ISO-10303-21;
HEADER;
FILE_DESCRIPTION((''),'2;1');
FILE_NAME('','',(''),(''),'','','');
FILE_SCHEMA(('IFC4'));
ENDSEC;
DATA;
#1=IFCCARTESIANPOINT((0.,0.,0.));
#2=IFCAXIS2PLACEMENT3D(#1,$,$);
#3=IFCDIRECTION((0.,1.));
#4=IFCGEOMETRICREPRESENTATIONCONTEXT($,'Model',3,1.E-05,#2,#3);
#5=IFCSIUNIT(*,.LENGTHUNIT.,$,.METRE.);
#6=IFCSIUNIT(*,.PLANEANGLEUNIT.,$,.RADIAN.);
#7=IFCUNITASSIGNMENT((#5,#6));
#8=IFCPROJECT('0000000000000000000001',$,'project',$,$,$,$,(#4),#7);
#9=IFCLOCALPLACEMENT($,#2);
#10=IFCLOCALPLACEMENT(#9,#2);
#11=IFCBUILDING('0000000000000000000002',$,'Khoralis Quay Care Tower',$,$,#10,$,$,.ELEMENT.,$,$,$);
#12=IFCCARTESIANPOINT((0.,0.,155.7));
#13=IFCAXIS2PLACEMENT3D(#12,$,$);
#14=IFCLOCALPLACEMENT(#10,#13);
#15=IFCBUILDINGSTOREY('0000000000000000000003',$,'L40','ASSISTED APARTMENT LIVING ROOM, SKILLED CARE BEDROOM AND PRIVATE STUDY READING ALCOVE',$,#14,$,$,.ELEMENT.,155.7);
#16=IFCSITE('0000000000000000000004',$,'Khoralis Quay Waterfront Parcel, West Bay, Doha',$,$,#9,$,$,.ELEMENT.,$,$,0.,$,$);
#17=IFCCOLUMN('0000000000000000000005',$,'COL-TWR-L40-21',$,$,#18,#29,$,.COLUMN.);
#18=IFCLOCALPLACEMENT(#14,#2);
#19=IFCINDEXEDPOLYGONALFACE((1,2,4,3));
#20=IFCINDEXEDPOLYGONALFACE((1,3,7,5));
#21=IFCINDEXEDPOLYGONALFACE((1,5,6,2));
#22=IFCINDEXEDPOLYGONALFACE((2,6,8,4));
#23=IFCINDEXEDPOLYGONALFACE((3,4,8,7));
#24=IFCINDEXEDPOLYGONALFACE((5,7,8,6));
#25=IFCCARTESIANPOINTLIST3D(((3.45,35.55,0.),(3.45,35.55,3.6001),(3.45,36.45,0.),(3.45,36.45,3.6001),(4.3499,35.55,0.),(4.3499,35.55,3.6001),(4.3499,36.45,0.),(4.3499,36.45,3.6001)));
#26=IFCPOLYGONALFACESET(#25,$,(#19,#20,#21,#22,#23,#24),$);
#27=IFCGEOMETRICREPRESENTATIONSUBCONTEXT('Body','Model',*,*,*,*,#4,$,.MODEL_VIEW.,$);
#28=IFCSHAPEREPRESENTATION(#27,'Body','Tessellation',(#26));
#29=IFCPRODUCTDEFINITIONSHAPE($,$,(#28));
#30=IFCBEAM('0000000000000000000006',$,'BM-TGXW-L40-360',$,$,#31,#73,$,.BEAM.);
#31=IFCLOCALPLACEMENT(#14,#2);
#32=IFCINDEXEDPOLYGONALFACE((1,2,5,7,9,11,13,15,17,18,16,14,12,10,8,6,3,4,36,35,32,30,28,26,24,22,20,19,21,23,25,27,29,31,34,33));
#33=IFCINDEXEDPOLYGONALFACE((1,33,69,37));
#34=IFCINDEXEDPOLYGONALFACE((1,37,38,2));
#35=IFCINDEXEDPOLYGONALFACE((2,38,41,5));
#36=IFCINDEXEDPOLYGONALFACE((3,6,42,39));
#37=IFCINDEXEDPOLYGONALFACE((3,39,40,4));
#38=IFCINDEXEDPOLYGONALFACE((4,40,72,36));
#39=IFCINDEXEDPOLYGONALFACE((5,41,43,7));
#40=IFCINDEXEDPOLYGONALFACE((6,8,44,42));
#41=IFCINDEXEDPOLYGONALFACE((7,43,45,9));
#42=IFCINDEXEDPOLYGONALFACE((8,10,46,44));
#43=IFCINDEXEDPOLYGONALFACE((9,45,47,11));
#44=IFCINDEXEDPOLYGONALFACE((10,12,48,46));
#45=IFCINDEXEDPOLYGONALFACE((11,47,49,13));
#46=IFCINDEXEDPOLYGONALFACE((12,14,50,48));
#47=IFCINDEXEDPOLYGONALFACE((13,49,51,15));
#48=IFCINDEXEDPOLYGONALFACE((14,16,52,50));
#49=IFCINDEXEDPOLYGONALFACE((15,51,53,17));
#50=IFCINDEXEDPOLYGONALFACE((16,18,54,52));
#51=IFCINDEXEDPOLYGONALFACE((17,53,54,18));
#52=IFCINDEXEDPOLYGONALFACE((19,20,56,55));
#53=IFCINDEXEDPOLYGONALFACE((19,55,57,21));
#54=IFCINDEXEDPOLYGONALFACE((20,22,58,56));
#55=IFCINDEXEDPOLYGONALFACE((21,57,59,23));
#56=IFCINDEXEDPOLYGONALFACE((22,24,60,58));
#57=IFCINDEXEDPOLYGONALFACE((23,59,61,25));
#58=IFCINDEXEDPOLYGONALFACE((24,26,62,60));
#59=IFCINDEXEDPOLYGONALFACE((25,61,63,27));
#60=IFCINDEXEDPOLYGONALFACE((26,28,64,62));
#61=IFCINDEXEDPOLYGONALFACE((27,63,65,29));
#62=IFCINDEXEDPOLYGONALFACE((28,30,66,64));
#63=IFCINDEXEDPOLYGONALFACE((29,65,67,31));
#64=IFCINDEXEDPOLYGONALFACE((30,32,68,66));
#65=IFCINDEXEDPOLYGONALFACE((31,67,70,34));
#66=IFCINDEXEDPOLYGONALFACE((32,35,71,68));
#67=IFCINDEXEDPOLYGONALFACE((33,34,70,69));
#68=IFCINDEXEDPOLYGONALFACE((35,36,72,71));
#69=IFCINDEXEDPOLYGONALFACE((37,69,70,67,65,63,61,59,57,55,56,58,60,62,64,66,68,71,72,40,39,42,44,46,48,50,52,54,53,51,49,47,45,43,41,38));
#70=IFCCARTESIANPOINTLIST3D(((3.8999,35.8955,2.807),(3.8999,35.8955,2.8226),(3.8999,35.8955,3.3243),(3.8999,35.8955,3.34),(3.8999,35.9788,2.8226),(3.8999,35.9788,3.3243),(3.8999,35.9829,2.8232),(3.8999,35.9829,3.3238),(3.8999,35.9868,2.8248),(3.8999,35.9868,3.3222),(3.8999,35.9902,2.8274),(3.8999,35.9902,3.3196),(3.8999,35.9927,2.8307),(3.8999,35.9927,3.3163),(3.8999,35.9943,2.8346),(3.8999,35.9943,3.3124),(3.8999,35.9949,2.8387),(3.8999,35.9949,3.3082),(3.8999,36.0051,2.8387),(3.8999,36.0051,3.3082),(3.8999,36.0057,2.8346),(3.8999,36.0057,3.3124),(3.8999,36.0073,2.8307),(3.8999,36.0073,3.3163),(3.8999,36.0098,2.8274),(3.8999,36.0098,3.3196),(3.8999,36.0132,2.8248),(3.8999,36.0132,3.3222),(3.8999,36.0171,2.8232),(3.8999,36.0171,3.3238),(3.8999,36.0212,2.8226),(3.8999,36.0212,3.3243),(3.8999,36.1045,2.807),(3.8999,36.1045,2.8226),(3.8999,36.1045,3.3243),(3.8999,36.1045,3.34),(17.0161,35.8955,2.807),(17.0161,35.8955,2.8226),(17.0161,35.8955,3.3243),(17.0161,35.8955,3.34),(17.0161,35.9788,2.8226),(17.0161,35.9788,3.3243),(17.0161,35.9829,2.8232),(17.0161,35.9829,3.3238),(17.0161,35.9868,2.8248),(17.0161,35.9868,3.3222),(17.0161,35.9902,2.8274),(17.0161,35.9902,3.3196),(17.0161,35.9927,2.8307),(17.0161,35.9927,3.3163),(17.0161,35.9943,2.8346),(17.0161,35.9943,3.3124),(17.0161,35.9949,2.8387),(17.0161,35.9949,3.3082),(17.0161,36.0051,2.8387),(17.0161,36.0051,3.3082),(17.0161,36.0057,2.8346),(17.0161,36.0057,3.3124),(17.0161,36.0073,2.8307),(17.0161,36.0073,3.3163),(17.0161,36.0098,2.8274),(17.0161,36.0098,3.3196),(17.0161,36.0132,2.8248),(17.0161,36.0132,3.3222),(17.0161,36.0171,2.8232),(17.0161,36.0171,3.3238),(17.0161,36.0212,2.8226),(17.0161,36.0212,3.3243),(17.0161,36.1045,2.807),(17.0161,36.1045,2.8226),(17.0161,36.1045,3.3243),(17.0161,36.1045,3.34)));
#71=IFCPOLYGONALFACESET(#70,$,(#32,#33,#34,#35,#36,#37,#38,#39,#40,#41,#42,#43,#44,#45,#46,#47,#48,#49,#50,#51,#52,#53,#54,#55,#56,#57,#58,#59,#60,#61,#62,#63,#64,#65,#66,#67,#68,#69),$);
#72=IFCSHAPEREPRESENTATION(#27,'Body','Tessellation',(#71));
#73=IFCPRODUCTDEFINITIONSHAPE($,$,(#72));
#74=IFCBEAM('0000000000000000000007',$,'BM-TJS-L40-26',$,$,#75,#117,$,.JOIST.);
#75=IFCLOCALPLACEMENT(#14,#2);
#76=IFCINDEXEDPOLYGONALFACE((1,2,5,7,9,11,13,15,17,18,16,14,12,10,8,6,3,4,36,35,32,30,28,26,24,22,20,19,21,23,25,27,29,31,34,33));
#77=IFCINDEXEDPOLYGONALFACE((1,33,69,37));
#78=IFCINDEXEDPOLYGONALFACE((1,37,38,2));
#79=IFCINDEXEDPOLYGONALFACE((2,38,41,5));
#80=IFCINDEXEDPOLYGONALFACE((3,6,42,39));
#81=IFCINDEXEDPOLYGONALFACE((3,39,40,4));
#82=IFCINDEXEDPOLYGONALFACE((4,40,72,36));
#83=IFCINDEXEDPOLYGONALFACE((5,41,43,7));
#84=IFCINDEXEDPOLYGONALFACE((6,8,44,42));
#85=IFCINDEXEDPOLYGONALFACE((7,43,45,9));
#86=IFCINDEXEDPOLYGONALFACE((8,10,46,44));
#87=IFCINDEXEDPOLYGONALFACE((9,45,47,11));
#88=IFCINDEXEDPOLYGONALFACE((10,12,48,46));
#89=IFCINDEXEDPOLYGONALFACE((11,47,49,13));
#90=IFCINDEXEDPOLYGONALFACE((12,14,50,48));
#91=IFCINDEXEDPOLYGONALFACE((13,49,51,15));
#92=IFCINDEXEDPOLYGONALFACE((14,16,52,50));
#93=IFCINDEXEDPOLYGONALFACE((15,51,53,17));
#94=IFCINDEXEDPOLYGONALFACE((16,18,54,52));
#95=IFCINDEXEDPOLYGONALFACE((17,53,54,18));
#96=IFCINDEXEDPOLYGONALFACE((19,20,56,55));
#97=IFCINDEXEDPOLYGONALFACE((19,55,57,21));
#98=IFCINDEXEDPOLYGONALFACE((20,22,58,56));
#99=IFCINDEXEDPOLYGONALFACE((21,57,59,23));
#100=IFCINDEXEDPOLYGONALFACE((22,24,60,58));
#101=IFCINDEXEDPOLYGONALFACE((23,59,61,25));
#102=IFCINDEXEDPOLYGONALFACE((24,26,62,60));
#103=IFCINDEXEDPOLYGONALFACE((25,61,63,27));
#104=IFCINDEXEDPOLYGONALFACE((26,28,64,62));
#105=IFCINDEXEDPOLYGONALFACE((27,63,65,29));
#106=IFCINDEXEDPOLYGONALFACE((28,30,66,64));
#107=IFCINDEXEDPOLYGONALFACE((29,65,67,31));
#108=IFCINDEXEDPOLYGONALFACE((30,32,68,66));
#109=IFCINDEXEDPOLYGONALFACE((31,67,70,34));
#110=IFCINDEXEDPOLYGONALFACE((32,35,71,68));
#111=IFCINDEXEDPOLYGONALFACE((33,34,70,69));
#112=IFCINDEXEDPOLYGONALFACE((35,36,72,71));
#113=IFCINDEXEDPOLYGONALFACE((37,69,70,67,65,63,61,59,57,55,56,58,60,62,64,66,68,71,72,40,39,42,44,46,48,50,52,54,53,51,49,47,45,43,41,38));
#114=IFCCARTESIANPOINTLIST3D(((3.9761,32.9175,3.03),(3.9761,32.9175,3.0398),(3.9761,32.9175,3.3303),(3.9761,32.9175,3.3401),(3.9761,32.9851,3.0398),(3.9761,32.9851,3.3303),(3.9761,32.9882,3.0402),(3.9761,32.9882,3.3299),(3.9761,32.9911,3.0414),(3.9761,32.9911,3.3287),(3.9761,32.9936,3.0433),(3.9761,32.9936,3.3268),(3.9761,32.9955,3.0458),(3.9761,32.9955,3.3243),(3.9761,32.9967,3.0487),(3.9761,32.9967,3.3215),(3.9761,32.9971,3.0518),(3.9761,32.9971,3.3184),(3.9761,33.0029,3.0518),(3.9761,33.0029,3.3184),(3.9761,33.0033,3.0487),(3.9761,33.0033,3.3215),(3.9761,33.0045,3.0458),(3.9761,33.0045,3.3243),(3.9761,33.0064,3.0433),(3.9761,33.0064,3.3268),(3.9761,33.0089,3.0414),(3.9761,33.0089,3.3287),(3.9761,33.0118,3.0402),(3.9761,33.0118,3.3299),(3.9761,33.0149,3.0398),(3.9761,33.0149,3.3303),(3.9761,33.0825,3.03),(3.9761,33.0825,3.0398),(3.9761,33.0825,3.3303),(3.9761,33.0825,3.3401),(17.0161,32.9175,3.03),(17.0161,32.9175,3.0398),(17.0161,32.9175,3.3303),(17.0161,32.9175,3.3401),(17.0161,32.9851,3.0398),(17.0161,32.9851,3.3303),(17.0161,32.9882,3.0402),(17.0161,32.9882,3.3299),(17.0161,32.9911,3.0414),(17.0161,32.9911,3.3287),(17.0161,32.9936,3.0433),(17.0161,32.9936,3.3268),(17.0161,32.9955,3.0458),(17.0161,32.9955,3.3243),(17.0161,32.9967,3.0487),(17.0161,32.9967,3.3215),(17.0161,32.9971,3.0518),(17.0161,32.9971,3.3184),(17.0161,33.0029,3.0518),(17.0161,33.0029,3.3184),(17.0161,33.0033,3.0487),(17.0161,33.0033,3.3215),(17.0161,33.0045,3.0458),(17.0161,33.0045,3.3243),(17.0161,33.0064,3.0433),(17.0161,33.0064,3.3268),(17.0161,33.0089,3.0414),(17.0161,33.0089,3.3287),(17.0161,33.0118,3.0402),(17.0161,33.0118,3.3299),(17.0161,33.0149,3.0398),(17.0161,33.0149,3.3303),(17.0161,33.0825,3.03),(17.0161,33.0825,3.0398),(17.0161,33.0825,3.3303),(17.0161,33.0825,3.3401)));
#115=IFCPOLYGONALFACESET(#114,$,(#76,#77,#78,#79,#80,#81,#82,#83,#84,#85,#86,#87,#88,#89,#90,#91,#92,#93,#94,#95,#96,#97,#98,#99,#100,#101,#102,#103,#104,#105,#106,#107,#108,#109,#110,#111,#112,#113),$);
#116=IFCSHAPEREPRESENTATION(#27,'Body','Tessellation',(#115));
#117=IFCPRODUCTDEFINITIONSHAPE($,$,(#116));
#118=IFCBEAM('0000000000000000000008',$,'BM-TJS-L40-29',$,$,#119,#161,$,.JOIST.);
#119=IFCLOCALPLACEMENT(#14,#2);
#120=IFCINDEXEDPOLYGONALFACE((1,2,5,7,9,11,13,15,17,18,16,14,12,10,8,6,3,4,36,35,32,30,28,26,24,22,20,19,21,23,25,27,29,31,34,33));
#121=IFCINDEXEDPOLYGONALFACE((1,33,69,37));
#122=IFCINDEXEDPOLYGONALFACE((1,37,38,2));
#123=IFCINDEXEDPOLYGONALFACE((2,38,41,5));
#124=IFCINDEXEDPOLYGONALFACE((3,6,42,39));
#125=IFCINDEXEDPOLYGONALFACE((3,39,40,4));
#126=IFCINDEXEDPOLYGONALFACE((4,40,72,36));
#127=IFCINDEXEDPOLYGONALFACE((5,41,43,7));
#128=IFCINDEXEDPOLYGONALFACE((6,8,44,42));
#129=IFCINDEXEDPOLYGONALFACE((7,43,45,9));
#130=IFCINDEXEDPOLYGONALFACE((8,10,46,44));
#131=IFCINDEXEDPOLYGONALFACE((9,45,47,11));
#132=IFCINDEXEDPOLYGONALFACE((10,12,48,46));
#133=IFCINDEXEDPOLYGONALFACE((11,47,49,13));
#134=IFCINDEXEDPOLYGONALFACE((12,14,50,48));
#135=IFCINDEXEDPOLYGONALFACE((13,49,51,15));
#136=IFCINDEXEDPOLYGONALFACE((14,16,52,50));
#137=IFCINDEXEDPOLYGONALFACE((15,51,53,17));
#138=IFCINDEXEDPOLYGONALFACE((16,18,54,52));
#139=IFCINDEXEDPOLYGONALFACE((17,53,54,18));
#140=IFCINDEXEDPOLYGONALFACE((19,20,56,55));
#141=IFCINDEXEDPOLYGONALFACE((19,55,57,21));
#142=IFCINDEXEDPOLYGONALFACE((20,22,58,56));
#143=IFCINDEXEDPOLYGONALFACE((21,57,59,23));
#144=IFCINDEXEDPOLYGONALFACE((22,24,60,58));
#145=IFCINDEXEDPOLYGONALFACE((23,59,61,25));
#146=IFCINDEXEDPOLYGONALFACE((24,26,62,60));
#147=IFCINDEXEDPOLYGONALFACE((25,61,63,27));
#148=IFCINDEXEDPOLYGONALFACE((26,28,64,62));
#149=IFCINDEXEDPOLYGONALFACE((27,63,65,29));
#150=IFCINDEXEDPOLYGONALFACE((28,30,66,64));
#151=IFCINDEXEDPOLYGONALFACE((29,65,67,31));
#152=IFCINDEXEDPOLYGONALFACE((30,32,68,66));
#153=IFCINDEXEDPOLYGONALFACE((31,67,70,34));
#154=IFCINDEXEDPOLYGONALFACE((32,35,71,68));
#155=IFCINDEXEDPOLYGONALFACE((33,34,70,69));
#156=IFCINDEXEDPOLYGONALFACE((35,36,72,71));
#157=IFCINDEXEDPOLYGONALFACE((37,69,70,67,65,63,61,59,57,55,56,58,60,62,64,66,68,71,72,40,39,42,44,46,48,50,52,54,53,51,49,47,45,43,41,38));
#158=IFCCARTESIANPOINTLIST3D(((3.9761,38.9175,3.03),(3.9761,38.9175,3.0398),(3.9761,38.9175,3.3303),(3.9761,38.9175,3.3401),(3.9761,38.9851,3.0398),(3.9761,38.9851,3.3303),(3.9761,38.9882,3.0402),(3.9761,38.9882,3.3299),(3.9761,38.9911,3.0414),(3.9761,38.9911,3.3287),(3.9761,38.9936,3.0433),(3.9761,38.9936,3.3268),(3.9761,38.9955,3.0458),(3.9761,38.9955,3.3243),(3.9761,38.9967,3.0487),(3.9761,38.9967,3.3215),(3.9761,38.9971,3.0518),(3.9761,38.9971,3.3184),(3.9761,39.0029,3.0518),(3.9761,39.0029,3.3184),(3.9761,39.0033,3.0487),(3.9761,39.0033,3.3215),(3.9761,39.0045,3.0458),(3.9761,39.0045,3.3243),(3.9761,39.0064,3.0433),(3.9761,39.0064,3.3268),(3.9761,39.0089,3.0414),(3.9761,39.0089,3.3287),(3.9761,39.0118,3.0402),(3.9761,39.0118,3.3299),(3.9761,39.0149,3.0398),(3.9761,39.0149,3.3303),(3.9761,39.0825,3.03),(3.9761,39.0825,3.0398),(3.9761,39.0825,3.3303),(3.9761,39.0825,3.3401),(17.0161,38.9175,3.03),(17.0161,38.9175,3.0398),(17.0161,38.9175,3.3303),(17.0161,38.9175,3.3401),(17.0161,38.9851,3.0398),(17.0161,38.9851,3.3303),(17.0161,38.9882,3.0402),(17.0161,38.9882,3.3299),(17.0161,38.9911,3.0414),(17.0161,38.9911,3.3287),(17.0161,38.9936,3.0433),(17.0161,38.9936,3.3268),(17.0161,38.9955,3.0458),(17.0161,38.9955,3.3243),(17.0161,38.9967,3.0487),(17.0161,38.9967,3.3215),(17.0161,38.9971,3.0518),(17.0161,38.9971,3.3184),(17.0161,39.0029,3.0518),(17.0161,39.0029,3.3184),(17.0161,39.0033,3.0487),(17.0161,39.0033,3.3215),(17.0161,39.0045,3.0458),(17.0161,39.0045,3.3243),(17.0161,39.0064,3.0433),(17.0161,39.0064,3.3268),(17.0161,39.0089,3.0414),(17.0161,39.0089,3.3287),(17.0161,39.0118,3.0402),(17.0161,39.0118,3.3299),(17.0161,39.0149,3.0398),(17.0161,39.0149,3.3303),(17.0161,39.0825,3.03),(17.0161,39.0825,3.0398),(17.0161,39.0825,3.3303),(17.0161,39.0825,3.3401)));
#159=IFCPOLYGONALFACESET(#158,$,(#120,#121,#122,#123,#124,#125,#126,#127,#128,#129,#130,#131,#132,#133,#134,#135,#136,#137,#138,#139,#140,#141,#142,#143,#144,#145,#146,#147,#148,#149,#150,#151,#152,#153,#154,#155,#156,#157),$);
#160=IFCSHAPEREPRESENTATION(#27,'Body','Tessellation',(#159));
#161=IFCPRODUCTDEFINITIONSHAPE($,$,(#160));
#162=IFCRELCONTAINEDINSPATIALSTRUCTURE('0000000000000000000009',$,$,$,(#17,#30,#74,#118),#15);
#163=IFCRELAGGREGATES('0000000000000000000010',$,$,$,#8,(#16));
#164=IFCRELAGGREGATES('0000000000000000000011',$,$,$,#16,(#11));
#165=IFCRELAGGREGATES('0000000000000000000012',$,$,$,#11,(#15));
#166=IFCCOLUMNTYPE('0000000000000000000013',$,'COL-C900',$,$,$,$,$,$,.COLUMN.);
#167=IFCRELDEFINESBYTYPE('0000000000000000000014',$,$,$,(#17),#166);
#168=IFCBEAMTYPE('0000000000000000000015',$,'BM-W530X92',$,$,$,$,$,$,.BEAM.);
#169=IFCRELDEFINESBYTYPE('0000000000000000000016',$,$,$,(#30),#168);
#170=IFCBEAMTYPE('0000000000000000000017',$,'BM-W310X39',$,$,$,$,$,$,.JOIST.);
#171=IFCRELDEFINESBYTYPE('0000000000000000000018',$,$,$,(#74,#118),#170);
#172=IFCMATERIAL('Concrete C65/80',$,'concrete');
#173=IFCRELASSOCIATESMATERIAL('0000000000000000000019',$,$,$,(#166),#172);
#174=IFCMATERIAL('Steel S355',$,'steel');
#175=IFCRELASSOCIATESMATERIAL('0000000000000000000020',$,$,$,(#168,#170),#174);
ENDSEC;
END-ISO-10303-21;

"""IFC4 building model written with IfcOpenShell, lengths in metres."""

from ifc_helpers import new_model, si_unit, direction, frame, origin, origin_2d, place, context, subcontext, project, spatial, rectangle, i_section, extrude, source, transform, mapped, material, material_profile, profile_set, type_object, element, save


model = new_model("IFC4")

# Units and contexts
model_context = context("Model", 3, precision=1e-05, world=origin(), true_north=direction((0.0, 1.0)))
body_context = subcontext(model_context, "Body", "Model", "MODEL_VIEW")
ifc_project = project(units=[si_unit("LENGTHUNIT", "METRE"), si_unit("PLANEANGLEUNIT", "RADIAN")], contexts=[model_context])

# Site, building, storey
site_placement = place(None, origin())
site = spatial("IfcSite", under=ifc_project, at=site_placement, Name="Khoralis Quay Waterfront Parcel, West Bay, Doha", CompositionType="ELEMENT", RefElevation=0.0)
building_placement = place(site_placement, origin())
building = spatial("IfcBuilding", under=site, at=building_placement, Name="Khoralis Quay Care Tower", CompositionType="ELEMENT")
storey_placement = place(building_placement, frame((0.0, 0.0, 155.7)))
storey = spatial("IfcBuildingStorey", under=building, at=storey_placement, Name="L40", Description="ASSISTED APARTMENT LIVING ROOM, SKILLED CARE BEDROOM AND PRIVATE STUDY READING ALCOVE", CompositionType="ELEMENT", Elevation=155.7)

# Column
ifc_material_1 = material(Name="Concrete C65/80", Category="concrete")
ifc_material_profile_1 = material_profile(ifc_material_1, rectangle(XDim=0.8999, YDim=0.8999, at=origin_2d()), Name="Concrete C65/80")
ifc_profile_set_1 = profile_set([ifc_material_profile_1], Name="Concrete C65/80")
column_type = type_object("IfcColumnType", Name="COL-C900", PredefinedType="COLUMN", material=ifc_profile_set_1)
shared_shape_1 = source(origin(), body_context, "Body", "SweptSolid", [
    extrude(rectangle(XDim=0.8999, YDim=0.8999, at=origin_2d()), origin(), (0.0, 0.0, 1.0), 3.6001),
])
column_placement = place(storey_placement, frame((3.8999, 36.0, 0.0), z_axis=(0.0, 0.0, 1.0), x_axis=(1.0, 0.0, 0.0)))
element("IfcColumn", 1, at=column_placement, inside=storey, type_object=column_type, Name="COL-TWR-L40-21", PredefinedType="COLUMN", context=body_context, shape_type="MappedRepresentation", body=[
    mapped(shared_shape_1, transform((0.0, 0.0, 0.0), scale=1.0)),
])

# Beams
ifc_material_2 = material(Name="Steel S355", Category="steel")
ifc_material_profile_2 = material_profile(ifc_material_2, i_section(OverallWidth=0.209, OverallDepth=0.533, WebThickness=0.0103, FlangeThickness=0.0156, FilletRadius=0.0161, at=origin_2d()), Name="Steel S355")
ifc_profile_set_2 = profile_set([ifc_material_profile_2], Name="Steel S355")
beam_type_1 = type_object("IfcBeamType", Name="BM-W530X92", PredefinedType="BEAM", material=ifc_profile_set_2)
shared_shape_2 = source(origin(), body_context, "Body", "SweptSolid", [
    extrude(i_section(OverallWidth=0.209, OverallDepth=0.533, WebThickness=0.0103, FlangeThickness=0.0156, FilletRadius=0.0161, at=origin_2d()), origin(), (0.0, 0.0, 1.0), 13.1162),
])
beam_placement = place(storey_placement, frame((3.8999, 36.0, 3.0735), z_axis=(1.0, 0.0, 0.0), x_axis=(0.0, 1.0, 0.0)))
element("IfcBeam", 2, at=beam_placement, inside=storey, type_object=beam_type_1, Name="BM-TGXW-L40-360", PredefinedType="BEAM", context=body_context, shape_type="MappedRepresentation", body=[
    mapped(shared_shape_2, transform((0.0, 0.0, 0.0), scale=1.0)),
])
ifc_material_profile_3 = material_profile(ifc_material_2, i_section(OverallWidth=0.165, OverallDepth=0.3101, WebThickness=0.0059, FlangeThickness=0.0098, FilletRadius=0.012, at=origin_2d()), Name="Steel S355")
ifc_profile_set_3 = profile_set([ifc_material_profile_3], Name="Steel S355")
beam_type_2 = type_object("IfcBeamType", Name="BM-W310X39", PredefinedType="JOIST", material=ifc_profile_set_3)
shared_shape_3 = source(origin(), body_context, "Body", "SweptSolid", [
    extrude(i_section(OverallWidth=0.165, OverallDepth=0.3101, WebThickness=0.0059, FlangeThickness=0.0098, FilletRadius=0.012, at=origin_2d()), origin(), (0.0, 0.0, 1.0), 13.04),
])
for number, where, z_axis, x_axis, name in (
    (3, (3.9761, 33.0, 3.1851), (1.0, 0.0, 0.0), (0.0, 1.0, 0.0), "BM-TJS-L40-26"),
    (4, (3.9761, 39.0, 3.1851), (1.0, 0.0, 0.0), (0.0, 1.0, 0.0), "BM-TJS-L40-29"),
):
    element("IfcBeam", number, at=place(storey_placement, frame(where, z_axis=z_axis, x_axis=x_axis)), inside=storey, type_object=beam_type_2, Name=name, PredefinedType="JOIST", context=body_context, shape_type="MappedRepresentation", body=[
        mapped(shared_shape_3, transform((0.0, 0.0, 0.0), scale=1.0)),
    ])

save(model, "model.ifc")
